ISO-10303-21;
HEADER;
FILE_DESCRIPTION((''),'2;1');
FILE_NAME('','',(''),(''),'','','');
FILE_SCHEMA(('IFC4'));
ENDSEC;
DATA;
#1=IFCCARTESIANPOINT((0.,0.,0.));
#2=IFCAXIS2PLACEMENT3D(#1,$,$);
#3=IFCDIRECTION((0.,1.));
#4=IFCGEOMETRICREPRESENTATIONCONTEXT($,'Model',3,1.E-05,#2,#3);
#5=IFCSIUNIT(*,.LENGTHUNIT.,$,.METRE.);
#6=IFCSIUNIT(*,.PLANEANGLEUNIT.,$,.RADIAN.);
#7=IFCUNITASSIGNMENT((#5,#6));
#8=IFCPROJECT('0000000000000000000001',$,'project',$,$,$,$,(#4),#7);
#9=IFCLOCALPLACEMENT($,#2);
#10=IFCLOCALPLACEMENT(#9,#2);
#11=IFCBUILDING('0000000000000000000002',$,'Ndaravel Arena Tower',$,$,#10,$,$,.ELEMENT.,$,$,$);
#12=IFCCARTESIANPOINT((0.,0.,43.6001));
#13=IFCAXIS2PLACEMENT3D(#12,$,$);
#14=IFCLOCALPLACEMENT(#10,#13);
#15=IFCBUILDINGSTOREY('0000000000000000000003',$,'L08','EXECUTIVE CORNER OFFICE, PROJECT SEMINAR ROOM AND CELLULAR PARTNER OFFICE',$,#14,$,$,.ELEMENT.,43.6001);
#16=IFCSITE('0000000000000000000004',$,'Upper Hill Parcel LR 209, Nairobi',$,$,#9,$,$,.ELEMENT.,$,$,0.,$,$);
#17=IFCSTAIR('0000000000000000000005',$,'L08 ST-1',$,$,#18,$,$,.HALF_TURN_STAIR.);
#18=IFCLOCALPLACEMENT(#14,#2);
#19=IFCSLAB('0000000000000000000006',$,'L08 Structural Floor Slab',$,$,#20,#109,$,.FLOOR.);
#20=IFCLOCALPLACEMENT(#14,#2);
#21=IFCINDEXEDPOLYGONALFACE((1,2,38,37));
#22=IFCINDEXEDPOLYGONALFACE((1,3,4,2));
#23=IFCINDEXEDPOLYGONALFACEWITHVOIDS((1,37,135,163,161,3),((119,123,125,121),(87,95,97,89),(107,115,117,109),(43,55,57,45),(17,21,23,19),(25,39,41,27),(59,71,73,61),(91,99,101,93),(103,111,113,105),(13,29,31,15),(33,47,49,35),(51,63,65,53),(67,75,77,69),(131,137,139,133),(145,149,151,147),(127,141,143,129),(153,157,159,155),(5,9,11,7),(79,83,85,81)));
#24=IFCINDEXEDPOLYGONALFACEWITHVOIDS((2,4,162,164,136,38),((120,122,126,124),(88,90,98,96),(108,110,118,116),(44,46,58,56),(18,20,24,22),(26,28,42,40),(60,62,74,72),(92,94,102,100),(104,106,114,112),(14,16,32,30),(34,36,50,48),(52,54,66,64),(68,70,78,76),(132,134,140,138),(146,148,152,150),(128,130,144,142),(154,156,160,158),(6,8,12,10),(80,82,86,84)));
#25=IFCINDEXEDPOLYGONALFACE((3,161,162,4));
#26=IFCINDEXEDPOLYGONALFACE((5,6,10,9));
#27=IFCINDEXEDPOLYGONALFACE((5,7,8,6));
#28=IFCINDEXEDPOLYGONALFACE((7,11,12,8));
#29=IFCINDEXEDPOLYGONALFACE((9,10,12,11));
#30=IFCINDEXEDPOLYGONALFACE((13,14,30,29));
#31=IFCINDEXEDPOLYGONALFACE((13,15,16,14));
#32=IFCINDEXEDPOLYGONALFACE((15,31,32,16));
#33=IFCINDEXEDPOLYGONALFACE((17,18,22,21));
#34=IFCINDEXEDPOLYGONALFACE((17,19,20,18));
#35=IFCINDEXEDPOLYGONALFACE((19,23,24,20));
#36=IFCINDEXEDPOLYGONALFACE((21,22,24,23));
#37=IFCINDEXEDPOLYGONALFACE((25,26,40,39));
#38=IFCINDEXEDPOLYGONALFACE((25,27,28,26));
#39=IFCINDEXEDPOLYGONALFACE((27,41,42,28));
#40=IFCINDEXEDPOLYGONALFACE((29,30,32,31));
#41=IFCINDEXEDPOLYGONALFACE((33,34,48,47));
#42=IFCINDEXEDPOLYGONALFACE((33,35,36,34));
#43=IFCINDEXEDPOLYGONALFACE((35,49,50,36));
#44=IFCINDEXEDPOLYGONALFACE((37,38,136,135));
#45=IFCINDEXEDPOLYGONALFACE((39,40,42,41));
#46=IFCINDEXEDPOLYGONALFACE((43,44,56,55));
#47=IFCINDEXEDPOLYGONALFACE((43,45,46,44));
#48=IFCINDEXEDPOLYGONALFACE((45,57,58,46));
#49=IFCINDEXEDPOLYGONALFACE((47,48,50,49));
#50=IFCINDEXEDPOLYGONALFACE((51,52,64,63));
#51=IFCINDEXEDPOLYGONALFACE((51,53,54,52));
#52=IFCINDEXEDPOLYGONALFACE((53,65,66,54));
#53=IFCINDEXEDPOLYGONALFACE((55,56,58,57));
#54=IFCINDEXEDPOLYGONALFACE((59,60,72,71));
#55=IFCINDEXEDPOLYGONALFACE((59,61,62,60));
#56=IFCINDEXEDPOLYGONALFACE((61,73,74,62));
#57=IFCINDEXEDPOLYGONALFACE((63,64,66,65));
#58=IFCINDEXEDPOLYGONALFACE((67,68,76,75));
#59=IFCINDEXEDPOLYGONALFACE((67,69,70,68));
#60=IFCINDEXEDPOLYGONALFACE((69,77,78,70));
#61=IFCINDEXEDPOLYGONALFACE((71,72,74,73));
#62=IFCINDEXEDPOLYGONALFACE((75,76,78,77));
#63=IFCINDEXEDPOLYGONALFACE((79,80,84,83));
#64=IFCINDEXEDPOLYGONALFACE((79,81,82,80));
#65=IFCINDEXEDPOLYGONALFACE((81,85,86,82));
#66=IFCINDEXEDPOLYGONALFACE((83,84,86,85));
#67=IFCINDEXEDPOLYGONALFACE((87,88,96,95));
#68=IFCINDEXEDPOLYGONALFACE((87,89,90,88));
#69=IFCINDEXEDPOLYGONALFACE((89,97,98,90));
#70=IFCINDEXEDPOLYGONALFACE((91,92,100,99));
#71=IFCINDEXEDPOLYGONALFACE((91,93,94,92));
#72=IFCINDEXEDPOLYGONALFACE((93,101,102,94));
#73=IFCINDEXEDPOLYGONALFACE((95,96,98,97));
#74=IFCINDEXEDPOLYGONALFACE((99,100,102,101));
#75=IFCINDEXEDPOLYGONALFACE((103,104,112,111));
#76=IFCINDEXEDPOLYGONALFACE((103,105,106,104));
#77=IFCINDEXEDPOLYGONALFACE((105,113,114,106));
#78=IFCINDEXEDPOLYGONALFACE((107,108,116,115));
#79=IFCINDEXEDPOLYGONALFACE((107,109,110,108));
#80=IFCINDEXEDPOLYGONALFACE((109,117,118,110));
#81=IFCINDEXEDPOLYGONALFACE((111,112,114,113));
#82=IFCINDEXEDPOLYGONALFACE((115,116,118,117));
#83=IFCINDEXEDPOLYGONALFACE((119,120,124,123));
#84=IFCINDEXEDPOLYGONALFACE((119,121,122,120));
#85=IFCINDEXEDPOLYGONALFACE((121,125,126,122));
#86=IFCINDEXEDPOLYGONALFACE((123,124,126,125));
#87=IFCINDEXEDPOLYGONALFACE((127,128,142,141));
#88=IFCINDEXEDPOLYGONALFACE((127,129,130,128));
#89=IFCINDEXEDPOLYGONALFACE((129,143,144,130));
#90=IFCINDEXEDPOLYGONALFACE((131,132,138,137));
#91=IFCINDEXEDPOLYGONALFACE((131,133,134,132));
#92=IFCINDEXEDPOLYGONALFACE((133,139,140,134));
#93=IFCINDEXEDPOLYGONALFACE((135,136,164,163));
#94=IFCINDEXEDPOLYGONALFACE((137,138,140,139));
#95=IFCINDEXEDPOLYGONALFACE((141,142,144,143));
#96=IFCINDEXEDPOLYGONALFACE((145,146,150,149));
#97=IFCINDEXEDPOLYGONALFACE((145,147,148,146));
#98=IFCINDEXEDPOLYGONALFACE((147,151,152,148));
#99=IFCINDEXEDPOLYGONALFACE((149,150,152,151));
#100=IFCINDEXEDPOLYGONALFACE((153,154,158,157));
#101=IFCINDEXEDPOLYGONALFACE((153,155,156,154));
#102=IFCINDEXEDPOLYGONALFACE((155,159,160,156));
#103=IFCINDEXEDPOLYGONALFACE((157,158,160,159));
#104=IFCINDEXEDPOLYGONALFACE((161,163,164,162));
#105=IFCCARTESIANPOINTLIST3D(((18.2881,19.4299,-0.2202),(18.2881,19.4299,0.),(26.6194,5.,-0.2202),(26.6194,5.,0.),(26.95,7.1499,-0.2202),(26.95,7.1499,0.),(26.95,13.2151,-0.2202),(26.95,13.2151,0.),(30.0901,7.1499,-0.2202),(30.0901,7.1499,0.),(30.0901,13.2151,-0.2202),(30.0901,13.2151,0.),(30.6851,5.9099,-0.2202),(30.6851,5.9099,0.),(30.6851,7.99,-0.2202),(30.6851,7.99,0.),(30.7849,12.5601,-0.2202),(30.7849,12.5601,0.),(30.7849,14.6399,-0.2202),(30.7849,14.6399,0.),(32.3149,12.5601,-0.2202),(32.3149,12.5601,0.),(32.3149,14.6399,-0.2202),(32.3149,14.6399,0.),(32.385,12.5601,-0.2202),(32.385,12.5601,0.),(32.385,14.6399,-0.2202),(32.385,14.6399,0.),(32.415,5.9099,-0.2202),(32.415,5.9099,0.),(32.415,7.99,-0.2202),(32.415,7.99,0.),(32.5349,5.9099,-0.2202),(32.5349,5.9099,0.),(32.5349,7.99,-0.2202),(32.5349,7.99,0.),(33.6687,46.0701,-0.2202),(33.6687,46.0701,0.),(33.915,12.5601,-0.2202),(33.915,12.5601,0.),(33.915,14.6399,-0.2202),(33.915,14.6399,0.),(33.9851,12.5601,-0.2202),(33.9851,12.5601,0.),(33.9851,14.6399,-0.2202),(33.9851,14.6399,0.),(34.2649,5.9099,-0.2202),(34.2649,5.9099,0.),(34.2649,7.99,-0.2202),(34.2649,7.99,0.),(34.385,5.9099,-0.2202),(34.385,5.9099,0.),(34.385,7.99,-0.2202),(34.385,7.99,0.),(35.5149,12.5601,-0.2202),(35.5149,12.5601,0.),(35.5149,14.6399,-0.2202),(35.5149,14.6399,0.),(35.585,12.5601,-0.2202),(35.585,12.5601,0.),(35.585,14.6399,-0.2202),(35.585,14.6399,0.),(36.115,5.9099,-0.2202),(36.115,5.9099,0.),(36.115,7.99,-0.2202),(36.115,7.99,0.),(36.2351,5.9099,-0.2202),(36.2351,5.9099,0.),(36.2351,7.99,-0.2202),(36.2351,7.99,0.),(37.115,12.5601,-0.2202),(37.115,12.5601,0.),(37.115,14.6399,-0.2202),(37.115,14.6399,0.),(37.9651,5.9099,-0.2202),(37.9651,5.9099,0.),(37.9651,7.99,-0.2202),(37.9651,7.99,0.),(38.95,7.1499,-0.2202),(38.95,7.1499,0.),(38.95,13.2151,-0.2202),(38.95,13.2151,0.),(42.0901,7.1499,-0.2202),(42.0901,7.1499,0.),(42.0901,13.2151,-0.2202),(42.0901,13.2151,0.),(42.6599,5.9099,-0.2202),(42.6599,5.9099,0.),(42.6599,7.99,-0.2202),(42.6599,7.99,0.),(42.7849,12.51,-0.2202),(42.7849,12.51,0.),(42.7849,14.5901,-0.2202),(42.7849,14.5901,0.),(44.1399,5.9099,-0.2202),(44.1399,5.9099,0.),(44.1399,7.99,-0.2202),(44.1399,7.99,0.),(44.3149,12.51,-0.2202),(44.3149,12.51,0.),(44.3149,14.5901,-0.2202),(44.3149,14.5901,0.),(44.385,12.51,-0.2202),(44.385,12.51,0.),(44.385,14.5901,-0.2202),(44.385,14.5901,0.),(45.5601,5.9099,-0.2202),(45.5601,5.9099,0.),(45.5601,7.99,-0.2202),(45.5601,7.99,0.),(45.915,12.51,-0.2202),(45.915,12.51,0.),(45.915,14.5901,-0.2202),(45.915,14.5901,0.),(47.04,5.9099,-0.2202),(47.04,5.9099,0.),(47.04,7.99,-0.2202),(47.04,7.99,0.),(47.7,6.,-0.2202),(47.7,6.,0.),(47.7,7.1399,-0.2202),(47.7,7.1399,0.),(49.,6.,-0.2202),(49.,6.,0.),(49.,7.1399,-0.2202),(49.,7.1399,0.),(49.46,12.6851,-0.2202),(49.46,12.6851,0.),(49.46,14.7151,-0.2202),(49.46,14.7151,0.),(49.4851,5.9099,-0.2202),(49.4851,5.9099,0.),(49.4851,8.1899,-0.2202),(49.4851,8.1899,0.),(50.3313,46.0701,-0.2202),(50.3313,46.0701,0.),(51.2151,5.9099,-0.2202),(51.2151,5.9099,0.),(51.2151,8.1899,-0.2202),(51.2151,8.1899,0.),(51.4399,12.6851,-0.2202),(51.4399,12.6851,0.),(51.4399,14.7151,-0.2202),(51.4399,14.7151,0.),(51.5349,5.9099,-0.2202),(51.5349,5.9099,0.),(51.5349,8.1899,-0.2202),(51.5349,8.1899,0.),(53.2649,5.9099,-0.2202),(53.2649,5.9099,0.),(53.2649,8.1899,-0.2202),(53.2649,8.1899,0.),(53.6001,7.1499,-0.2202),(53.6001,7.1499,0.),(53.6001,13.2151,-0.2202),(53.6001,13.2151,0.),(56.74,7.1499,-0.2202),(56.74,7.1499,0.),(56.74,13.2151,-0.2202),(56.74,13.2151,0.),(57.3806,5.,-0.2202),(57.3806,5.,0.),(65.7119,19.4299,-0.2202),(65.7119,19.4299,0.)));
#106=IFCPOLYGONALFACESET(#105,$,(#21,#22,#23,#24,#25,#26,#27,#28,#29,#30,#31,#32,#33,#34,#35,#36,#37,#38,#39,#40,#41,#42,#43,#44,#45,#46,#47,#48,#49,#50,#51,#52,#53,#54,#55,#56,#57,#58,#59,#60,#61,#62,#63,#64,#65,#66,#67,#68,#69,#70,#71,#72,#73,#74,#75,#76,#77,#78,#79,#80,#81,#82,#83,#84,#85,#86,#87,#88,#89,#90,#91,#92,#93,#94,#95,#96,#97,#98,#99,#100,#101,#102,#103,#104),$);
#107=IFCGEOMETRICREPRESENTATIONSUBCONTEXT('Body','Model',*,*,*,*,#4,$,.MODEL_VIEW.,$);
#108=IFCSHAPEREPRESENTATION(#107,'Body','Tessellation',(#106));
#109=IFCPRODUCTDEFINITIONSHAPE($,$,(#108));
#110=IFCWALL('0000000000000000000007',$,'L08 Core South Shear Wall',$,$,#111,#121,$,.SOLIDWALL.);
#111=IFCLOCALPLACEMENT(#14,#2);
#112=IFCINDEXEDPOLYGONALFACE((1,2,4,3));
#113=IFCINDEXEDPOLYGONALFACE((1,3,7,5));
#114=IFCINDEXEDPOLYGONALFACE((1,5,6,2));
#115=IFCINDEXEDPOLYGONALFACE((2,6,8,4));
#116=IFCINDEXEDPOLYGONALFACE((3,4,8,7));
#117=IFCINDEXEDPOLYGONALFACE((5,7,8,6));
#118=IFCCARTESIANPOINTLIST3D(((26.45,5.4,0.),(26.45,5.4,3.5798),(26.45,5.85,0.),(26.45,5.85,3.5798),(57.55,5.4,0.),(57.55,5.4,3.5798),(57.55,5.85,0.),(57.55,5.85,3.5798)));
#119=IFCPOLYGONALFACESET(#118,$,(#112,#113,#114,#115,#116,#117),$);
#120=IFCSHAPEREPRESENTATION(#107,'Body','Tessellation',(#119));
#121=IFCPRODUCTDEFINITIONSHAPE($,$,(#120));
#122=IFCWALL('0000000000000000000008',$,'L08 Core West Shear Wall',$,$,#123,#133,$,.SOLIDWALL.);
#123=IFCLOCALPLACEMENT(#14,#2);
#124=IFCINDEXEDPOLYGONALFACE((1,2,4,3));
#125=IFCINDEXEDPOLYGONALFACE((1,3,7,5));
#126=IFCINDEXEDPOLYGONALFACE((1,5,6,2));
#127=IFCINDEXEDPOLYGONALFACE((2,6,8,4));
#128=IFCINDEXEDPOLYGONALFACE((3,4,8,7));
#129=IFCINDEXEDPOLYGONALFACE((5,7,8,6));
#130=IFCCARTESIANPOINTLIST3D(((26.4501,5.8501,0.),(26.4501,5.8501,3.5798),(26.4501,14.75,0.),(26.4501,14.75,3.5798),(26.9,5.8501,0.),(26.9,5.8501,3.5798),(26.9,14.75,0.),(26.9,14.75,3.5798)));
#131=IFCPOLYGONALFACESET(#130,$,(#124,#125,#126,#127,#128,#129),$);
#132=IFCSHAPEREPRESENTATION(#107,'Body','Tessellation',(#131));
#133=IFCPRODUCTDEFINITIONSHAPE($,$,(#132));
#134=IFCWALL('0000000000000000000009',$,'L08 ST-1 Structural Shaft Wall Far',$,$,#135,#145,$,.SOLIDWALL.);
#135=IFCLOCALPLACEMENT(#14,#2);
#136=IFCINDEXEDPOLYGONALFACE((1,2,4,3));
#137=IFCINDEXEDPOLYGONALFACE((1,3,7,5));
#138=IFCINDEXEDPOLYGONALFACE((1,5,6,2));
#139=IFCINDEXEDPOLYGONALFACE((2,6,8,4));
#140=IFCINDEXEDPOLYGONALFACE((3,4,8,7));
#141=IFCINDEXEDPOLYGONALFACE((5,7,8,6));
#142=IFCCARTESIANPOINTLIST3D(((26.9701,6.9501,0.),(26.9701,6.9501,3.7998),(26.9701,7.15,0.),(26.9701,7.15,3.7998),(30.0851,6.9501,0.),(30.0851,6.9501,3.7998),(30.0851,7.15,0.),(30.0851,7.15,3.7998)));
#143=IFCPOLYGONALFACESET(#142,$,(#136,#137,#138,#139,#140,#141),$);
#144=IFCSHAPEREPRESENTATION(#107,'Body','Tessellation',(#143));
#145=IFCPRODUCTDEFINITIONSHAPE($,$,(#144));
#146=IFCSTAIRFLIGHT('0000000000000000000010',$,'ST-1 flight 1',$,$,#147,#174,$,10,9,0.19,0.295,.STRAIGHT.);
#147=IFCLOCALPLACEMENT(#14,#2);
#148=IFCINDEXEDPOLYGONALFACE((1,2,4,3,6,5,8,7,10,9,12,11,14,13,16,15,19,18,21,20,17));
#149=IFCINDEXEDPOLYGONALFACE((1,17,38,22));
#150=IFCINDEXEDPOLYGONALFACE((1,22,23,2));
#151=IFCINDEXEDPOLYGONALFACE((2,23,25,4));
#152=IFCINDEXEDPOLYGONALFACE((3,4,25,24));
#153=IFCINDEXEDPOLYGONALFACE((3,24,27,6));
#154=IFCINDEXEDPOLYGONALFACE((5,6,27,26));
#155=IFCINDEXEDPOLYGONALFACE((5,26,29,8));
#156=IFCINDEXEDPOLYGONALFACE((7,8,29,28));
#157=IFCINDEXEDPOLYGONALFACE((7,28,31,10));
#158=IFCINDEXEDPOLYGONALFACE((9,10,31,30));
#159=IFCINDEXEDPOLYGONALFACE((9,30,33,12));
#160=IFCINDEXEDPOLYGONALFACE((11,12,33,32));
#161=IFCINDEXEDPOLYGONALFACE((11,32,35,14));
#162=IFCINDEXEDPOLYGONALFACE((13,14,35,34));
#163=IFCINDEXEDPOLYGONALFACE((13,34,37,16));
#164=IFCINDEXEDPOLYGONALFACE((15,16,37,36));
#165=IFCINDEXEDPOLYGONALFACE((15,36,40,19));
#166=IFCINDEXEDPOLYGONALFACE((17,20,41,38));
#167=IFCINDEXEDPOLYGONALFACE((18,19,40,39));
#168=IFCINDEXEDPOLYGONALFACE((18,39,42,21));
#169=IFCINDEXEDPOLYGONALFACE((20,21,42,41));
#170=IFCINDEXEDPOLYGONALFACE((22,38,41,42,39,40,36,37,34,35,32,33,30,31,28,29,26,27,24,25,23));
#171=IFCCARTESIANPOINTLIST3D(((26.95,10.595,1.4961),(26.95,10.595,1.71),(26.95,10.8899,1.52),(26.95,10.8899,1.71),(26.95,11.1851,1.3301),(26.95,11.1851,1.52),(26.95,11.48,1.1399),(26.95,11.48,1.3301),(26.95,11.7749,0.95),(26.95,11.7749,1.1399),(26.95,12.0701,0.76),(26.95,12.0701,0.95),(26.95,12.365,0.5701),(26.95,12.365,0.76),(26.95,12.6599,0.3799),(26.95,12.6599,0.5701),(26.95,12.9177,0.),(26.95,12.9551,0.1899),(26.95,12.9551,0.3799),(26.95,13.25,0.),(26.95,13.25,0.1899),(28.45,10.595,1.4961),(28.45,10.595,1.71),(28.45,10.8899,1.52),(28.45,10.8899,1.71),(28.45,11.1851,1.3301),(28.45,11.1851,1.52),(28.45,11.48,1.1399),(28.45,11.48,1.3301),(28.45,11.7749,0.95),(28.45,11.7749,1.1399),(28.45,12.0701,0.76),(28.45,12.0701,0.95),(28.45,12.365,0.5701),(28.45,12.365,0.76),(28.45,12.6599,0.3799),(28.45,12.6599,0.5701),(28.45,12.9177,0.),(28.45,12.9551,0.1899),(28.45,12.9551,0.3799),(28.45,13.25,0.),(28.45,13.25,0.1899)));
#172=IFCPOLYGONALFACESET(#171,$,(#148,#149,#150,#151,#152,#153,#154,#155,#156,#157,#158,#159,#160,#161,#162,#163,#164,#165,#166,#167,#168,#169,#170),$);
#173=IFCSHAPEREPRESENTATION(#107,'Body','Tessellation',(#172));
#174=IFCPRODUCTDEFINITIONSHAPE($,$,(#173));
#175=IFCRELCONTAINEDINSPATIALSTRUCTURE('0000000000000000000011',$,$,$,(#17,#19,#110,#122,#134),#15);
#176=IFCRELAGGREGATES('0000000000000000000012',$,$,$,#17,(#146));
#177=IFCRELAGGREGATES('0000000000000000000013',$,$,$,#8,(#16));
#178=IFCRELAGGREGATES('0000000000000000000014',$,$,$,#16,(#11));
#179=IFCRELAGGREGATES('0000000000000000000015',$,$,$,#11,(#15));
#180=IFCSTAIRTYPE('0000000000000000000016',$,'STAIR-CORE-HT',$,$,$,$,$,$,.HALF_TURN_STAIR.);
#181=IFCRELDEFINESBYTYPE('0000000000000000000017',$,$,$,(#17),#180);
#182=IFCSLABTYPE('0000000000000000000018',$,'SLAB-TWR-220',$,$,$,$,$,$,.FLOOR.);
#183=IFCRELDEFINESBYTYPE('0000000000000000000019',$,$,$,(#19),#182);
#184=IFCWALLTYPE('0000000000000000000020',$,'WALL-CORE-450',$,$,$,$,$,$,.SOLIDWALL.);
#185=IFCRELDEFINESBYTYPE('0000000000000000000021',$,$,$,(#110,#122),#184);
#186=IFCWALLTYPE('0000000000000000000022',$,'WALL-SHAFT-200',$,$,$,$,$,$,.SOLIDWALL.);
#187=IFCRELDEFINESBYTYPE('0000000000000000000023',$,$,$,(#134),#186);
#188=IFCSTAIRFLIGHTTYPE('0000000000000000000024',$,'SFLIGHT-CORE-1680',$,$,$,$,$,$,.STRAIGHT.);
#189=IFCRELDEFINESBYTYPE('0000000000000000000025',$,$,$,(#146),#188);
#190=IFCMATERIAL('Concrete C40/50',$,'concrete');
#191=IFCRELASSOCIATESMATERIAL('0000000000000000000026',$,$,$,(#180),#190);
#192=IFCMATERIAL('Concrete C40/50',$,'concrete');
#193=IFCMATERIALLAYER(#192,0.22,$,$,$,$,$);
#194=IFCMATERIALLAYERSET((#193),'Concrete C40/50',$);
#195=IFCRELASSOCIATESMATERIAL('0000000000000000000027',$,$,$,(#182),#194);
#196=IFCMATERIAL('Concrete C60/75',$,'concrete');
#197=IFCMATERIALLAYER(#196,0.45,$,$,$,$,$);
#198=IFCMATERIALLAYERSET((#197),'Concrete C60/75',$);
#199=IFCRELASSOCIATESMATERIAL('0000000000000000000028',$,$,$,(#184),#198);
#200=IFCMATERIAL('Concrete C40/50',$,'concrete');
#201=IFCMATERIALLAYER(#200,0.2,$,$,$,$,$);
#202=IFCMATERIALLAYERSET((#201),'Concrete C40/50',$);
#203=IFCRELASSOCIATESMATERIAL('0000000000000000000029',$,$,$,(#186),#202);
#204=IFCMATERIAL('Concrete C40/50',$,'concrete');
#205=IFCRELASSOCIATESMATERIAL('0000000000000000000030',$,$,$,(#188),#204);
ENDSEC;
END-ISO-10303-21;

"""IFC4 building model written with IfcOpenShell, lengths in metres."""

from ifc_helpers import new_model, si_unit, direction, frame, frame_2d, origin, place, context, subcontext, project, spatial, polyline, rectangle, outline, extrude, material, layer, layer_set, type_object, element, aggregate, save


model = new_model("IFC4")

# Units and contexts
model_context = context("Model", 3, precision=1e-05, world=origin(), true_north=direction((0.0, 1.0)))
body_context = subcontext(model_context, "Body", "Model", "MODEL_VIEW")
ifc_project = project(units=[si_unit("LENGTHUNIT", "METRE"), si_unit("PLANEANGLEUNIT", "RADIAN")], contexts=[model_context])

# Site, building, storey
site_placement = place(None, origin())
site = spatial("IfcSite", under=ifc_project, at=site_placement, Name="Upper Hill Parcel LR 209, Nairobi", CompositionType="ELEMENT", RefElevation=0.0)
building_placement = place(site_placement, origin())
building = spatial("IfcBuilding", under=site, at=building_placement, Name="Ndaravel Arena Tower", CompositionType="ELEMENT")
storey_placement = place(building_placement, frame((0.0, 0.0, 43.6001)))
storey = spatial("IfcBuildingStorey", under=building, at=storey_placement, Name="L08", Description="EXECUTIVE CORNER OFFICE, PROJECT SEMINAR ROOM AND CELLULAR PARTNER OFFICE", CompositionType="ELEMENT", Elevation=43.6001)

# Stair
ifc_material_1 = material(Name="Concrete C40/50", Category="concrete")
stair_type = type_object("IfcStairType", Name="STAIR-CORE-HT", PredefinedType="HALF_TURN_STAIR", material=ifc_material_1)
stair_1_placement = place(storey_placement, origin())
stair_1 = element("IfcStair", 1, at=stair_1_placement, inside=storey, type_object=stair_type, Name="L08 ST-1", PredefinedType="HALF_TURN_STAIR")

# Slab
ifc_material_2 = material(Name="Concrete C40/50", Category="concrete")
ifc_layer_1 = layer(ifc_material_2, 0.22)
ifc_layer_set_1 = layer_set([ifc_layer_1], Name="Concrete C40/50")
slab_type_1 = type_object("IfcSlabType", Name="SLAB-TWR-220", PredefinedType="FLOOR", material=ifc_layer_set_1)
slab_1_placement = place(storey_placement, frame((0.0, 0.0, -0.2202)))
element("IfcSlab", 2, at=slab_1_placement, inside=storey, type_object=slab_type_1, Name="L08 Structural Floor Slab", PredefinedType="FLOOR", context=body_context, shape_type="SweptSolid", body=[
    extrude(outline(polyline([(18.2881, 19.4299), (26.6194, 5.0), (57.3806, 5.0), (65.7119, 19.4299), (50.3313, 46.0701), (33.6687, 46.0701), (18.2881, 19.4299)]), holes=[polyline([(26.95, 13.2151), (26.95, 7.1499), (30.0901, 7.1499), (30.0901, 13.2151), (26.95, 13.2151)]), polyline([(38.95, 13.2151), (38.95, 7.1499), (42.0901, 7.1499), (42.0901, 13.2151), (38.95, 13.2151)]), polyline([(53.6001, 13.2151), (53.6001, 7.1499), (56.74, 7.1499), (56.74, 13.2151), (53.6001, 13.2151)]), polyline([(30.6851, 5.9099), (32.415, 5.9099), (32.415, 7.99), (30.6851, 7.99), (30.6851, 5.9099)]), polyline([(32.5349, 5.9099), (34.2649, 5.9099), (34.2649, 7.99), (32.5349, 7.99), (32.5349, 5.9099)]), polyline([(34.385, 5.9099), (36.115, 5.9099), (36.115, 7.99), (34.385, 7.99), (34.385, 5.9099)]), polyline([(36.2351, 5.9099), (37.9651, 5.9099), (37.9651, 7.99), (36.2351, 7.99), (36.2351, 5.9099)]), polyline([(30.7849, 12.5601), (32.3149, 12.5601), (32.3149, 14.6399), (30.7849, 14.6399), (30.7849, 12.5601)]), polyline([(32.385, 12.5601), (33.915, 12.5601), (33.915, 14.6399), (32.385, 14.6399), (32.385, 12.5601)]), polyline([(33.9851, 12.5601), (35.5149, 12.5601), (35.5149, 14.6399), (33.9851, 14.6399), (33.9851, 12.5601)]), polyline([(35.585, 12.5601), (37.115, 12.5601), (37.115, 14.6399), (35.585, 14.6399), (35.585, 12.5601)]), polyline([(42.6599, 5.9099), (44.1399, 5.9099), (44.1399, 7.99), (42.6599, 7.99), (42.6599, 5.9099)]), polyline([(45.5601, 5.9099), (47.04, 5.9099), (47.04, 7.99), (45.5601, 7.99), (45.5601, 5.9099)]), polyline([(42.7849, 12.51), (44.3149, 12.51), (44.3149, 14.5901), (42.7849, 14.5901), (42.7849, 12.51)]), polyline([(44.385, 12.51), (45.915, 12.51), (45.915, 14.5901), (44.385, 14.5901), (44.385, 12.51)]), polyline([(49.4851, 5.9099), (51.2151, 5.9099), (51.2151, 8.1899), (49.4851, 8.1899), (49.4851, 5.9099)]), polyline([(51.5349, 5.9099), (53.2649, 5.9099), (53.2649, 8.1899), (51.5349, 8.1899), (51.5349, 5.9099)]), polyline([(49.46, 12.6851), (51.4399, 12.6851), (51.4399, 14.7151), (49.46, 14.7151), (49.46, 12.6851)]), polyline([(47.7, 6.0), (49.0, 6.0), (49.0, 7.1399), (47.7, 7.1399), (47.7, 6.0)])]), origin(), (0.0, 0.0, 1.0), 0.2202),
])

# Walls
ifc_material_3 = material(Name="Concrete C60/75", Category="concrete")
ifc_layer_2 = layer(ifc_material_3, 0.45)
ifc_layer_set_2 = layer_set([ifc_layer_2], Name="Concrete C60/75")
wall_type_1 = type_object("IfcWallType", Name="WALL-CORE-450", PredefinedType="SOLIDWALL", material=ifc_layer_set_2)
wall_1_placement = place(storey_placement, frame((26.45, 5.625, 0.0), z_axis=(0.0, 0.0, 1.0), x_axis=(1.0, 0.0, 0.0)))
element("IfcWall", 3, at=wall_1_placement, inside=storey, type_object=wall_type_1, Name="L08 Core South Shear Wall", PredefinedType="SOLIDWALL", context=body_context, shape_type="SweptSolid", body=[
    extrude(rectangle(XDim=31.1001, YDim=0.45, at=frame_2d((15.55, 0.0))), origin(), (0.0, 0.0, 1.0), 3.5798),
])
wall_2_placement = place(storey_placement, frame((26.675, 5.8501, 0.0), z_axis=(0.0, 0.0, 1.0), x_axis=(0.0, 1.0, 0.0)))
element("IfcWall", 4, at=wall_2_placement, inside=storey, type_object=wall_type_1, Name="L08 Core West Shear Wall", PredefinedType="SOLIDWALL", context=body_context, shape_type="SweptSolid", body=[
    extrude(rectangle(XDim=8.8999, YDim=0.45, at=frame_2d((4.45, 0.0))), origin(), (0.0, 0.0, 1.0), 3.5798),
])
ifc_material_4 = material(Name="Concrete C40/50", Category="concrete")
ifc_layer_3 = layer(ifc_material_4, 0.2)
ifc_layer_set_3 = layer_set([ifc_layer_3], Name="Concrete C40/50")
wall_type_2 = type_object("IfcWallType", Name="WALL-SHAFT-200", PredefinedType="SOLIDWALL", material=ifc_layer_set_3)
wall_3_placement = place(storey_placement, frame((26.97, 7.05, 0.0), z_axis=(0.0, 0.0, 1.0), x_axis=(1.0, 0.0, 0.0)))
element("IfcWall", 5, at=wall_3_placement, inside=storey, type_object=wall_type_2, Name="L08 ST-1 Structural Shaft Wall Far", PredefinedType="SOLIDWALL", context=body_context, shape_type="SweptSolid", body=[
    extrude(rectangle(XDim=3.115, YDim=0.2, at=frame_2d((1.5576, 0.0))), origin(), (0.0, 0.0, 1.0), 3.7998),
])

# Stair flight
ifc_material_5 = material(Name="Concrete C40/50", Category="concrete")
stair_flight_type = type_object("IfcStairFlightType", Name="SFLIGHT-CORE-1680", PredefinedType="STRAIGHT", material=ifc_material_5)
stair_flight_1_placement = place(storey_placement, frame((27.7, 13.25, 0.0), z_axis=(0.0, 0.0, 1.0), x_axis=(0.0, -1.0, 0.0)))
stair_flight_1 = element("IfcStairFlight", 6, at=stair_flight_1_placement, type_object=stair_flight_type, Name="ST-1 flight 1", NumberOfRisers=10, NumberOfTreads=9, PredefinedType="STRAIGHT", RiserHeight=0.19, TreadLength=0.295, context=body_context, shape_type="SweptSolid", body=[
    extrude(outline(polyline([(0.0, 0.0), (0.0, 0.1899), (0.2949, 0.1899), (0.2949, 0.3799), (0.5901, 0.3799), (0.5901, 0.5701), (0.885, 0.5701), (0.885, 0.76), (1.1799, 0.76), (1.1799, 0.95), (1.4751, 0.95), (1.4751, 1.1399), (1.77, 1.1399), (1.77, 1.3301), (2.0649, 1.3301), (2.0649, 1.52), (2.3601, 1.52), (2.3601, 1.71), (2.655, 1.71), (2.655, 1.8999), (2.655, 1.4961), (0.3323, 0.0), (0.0, 0.0)])), frame((0.0, 0.75, 0.0), z_axis=(0.0, -1.0, 0.0), x_axis=(1.0, 0.0, 0.0)), (0.0, 0.0, 1.0), 1.5),
])
aggregate(stair_1, [stair_flight_1])

save(model, "model.ifc")
